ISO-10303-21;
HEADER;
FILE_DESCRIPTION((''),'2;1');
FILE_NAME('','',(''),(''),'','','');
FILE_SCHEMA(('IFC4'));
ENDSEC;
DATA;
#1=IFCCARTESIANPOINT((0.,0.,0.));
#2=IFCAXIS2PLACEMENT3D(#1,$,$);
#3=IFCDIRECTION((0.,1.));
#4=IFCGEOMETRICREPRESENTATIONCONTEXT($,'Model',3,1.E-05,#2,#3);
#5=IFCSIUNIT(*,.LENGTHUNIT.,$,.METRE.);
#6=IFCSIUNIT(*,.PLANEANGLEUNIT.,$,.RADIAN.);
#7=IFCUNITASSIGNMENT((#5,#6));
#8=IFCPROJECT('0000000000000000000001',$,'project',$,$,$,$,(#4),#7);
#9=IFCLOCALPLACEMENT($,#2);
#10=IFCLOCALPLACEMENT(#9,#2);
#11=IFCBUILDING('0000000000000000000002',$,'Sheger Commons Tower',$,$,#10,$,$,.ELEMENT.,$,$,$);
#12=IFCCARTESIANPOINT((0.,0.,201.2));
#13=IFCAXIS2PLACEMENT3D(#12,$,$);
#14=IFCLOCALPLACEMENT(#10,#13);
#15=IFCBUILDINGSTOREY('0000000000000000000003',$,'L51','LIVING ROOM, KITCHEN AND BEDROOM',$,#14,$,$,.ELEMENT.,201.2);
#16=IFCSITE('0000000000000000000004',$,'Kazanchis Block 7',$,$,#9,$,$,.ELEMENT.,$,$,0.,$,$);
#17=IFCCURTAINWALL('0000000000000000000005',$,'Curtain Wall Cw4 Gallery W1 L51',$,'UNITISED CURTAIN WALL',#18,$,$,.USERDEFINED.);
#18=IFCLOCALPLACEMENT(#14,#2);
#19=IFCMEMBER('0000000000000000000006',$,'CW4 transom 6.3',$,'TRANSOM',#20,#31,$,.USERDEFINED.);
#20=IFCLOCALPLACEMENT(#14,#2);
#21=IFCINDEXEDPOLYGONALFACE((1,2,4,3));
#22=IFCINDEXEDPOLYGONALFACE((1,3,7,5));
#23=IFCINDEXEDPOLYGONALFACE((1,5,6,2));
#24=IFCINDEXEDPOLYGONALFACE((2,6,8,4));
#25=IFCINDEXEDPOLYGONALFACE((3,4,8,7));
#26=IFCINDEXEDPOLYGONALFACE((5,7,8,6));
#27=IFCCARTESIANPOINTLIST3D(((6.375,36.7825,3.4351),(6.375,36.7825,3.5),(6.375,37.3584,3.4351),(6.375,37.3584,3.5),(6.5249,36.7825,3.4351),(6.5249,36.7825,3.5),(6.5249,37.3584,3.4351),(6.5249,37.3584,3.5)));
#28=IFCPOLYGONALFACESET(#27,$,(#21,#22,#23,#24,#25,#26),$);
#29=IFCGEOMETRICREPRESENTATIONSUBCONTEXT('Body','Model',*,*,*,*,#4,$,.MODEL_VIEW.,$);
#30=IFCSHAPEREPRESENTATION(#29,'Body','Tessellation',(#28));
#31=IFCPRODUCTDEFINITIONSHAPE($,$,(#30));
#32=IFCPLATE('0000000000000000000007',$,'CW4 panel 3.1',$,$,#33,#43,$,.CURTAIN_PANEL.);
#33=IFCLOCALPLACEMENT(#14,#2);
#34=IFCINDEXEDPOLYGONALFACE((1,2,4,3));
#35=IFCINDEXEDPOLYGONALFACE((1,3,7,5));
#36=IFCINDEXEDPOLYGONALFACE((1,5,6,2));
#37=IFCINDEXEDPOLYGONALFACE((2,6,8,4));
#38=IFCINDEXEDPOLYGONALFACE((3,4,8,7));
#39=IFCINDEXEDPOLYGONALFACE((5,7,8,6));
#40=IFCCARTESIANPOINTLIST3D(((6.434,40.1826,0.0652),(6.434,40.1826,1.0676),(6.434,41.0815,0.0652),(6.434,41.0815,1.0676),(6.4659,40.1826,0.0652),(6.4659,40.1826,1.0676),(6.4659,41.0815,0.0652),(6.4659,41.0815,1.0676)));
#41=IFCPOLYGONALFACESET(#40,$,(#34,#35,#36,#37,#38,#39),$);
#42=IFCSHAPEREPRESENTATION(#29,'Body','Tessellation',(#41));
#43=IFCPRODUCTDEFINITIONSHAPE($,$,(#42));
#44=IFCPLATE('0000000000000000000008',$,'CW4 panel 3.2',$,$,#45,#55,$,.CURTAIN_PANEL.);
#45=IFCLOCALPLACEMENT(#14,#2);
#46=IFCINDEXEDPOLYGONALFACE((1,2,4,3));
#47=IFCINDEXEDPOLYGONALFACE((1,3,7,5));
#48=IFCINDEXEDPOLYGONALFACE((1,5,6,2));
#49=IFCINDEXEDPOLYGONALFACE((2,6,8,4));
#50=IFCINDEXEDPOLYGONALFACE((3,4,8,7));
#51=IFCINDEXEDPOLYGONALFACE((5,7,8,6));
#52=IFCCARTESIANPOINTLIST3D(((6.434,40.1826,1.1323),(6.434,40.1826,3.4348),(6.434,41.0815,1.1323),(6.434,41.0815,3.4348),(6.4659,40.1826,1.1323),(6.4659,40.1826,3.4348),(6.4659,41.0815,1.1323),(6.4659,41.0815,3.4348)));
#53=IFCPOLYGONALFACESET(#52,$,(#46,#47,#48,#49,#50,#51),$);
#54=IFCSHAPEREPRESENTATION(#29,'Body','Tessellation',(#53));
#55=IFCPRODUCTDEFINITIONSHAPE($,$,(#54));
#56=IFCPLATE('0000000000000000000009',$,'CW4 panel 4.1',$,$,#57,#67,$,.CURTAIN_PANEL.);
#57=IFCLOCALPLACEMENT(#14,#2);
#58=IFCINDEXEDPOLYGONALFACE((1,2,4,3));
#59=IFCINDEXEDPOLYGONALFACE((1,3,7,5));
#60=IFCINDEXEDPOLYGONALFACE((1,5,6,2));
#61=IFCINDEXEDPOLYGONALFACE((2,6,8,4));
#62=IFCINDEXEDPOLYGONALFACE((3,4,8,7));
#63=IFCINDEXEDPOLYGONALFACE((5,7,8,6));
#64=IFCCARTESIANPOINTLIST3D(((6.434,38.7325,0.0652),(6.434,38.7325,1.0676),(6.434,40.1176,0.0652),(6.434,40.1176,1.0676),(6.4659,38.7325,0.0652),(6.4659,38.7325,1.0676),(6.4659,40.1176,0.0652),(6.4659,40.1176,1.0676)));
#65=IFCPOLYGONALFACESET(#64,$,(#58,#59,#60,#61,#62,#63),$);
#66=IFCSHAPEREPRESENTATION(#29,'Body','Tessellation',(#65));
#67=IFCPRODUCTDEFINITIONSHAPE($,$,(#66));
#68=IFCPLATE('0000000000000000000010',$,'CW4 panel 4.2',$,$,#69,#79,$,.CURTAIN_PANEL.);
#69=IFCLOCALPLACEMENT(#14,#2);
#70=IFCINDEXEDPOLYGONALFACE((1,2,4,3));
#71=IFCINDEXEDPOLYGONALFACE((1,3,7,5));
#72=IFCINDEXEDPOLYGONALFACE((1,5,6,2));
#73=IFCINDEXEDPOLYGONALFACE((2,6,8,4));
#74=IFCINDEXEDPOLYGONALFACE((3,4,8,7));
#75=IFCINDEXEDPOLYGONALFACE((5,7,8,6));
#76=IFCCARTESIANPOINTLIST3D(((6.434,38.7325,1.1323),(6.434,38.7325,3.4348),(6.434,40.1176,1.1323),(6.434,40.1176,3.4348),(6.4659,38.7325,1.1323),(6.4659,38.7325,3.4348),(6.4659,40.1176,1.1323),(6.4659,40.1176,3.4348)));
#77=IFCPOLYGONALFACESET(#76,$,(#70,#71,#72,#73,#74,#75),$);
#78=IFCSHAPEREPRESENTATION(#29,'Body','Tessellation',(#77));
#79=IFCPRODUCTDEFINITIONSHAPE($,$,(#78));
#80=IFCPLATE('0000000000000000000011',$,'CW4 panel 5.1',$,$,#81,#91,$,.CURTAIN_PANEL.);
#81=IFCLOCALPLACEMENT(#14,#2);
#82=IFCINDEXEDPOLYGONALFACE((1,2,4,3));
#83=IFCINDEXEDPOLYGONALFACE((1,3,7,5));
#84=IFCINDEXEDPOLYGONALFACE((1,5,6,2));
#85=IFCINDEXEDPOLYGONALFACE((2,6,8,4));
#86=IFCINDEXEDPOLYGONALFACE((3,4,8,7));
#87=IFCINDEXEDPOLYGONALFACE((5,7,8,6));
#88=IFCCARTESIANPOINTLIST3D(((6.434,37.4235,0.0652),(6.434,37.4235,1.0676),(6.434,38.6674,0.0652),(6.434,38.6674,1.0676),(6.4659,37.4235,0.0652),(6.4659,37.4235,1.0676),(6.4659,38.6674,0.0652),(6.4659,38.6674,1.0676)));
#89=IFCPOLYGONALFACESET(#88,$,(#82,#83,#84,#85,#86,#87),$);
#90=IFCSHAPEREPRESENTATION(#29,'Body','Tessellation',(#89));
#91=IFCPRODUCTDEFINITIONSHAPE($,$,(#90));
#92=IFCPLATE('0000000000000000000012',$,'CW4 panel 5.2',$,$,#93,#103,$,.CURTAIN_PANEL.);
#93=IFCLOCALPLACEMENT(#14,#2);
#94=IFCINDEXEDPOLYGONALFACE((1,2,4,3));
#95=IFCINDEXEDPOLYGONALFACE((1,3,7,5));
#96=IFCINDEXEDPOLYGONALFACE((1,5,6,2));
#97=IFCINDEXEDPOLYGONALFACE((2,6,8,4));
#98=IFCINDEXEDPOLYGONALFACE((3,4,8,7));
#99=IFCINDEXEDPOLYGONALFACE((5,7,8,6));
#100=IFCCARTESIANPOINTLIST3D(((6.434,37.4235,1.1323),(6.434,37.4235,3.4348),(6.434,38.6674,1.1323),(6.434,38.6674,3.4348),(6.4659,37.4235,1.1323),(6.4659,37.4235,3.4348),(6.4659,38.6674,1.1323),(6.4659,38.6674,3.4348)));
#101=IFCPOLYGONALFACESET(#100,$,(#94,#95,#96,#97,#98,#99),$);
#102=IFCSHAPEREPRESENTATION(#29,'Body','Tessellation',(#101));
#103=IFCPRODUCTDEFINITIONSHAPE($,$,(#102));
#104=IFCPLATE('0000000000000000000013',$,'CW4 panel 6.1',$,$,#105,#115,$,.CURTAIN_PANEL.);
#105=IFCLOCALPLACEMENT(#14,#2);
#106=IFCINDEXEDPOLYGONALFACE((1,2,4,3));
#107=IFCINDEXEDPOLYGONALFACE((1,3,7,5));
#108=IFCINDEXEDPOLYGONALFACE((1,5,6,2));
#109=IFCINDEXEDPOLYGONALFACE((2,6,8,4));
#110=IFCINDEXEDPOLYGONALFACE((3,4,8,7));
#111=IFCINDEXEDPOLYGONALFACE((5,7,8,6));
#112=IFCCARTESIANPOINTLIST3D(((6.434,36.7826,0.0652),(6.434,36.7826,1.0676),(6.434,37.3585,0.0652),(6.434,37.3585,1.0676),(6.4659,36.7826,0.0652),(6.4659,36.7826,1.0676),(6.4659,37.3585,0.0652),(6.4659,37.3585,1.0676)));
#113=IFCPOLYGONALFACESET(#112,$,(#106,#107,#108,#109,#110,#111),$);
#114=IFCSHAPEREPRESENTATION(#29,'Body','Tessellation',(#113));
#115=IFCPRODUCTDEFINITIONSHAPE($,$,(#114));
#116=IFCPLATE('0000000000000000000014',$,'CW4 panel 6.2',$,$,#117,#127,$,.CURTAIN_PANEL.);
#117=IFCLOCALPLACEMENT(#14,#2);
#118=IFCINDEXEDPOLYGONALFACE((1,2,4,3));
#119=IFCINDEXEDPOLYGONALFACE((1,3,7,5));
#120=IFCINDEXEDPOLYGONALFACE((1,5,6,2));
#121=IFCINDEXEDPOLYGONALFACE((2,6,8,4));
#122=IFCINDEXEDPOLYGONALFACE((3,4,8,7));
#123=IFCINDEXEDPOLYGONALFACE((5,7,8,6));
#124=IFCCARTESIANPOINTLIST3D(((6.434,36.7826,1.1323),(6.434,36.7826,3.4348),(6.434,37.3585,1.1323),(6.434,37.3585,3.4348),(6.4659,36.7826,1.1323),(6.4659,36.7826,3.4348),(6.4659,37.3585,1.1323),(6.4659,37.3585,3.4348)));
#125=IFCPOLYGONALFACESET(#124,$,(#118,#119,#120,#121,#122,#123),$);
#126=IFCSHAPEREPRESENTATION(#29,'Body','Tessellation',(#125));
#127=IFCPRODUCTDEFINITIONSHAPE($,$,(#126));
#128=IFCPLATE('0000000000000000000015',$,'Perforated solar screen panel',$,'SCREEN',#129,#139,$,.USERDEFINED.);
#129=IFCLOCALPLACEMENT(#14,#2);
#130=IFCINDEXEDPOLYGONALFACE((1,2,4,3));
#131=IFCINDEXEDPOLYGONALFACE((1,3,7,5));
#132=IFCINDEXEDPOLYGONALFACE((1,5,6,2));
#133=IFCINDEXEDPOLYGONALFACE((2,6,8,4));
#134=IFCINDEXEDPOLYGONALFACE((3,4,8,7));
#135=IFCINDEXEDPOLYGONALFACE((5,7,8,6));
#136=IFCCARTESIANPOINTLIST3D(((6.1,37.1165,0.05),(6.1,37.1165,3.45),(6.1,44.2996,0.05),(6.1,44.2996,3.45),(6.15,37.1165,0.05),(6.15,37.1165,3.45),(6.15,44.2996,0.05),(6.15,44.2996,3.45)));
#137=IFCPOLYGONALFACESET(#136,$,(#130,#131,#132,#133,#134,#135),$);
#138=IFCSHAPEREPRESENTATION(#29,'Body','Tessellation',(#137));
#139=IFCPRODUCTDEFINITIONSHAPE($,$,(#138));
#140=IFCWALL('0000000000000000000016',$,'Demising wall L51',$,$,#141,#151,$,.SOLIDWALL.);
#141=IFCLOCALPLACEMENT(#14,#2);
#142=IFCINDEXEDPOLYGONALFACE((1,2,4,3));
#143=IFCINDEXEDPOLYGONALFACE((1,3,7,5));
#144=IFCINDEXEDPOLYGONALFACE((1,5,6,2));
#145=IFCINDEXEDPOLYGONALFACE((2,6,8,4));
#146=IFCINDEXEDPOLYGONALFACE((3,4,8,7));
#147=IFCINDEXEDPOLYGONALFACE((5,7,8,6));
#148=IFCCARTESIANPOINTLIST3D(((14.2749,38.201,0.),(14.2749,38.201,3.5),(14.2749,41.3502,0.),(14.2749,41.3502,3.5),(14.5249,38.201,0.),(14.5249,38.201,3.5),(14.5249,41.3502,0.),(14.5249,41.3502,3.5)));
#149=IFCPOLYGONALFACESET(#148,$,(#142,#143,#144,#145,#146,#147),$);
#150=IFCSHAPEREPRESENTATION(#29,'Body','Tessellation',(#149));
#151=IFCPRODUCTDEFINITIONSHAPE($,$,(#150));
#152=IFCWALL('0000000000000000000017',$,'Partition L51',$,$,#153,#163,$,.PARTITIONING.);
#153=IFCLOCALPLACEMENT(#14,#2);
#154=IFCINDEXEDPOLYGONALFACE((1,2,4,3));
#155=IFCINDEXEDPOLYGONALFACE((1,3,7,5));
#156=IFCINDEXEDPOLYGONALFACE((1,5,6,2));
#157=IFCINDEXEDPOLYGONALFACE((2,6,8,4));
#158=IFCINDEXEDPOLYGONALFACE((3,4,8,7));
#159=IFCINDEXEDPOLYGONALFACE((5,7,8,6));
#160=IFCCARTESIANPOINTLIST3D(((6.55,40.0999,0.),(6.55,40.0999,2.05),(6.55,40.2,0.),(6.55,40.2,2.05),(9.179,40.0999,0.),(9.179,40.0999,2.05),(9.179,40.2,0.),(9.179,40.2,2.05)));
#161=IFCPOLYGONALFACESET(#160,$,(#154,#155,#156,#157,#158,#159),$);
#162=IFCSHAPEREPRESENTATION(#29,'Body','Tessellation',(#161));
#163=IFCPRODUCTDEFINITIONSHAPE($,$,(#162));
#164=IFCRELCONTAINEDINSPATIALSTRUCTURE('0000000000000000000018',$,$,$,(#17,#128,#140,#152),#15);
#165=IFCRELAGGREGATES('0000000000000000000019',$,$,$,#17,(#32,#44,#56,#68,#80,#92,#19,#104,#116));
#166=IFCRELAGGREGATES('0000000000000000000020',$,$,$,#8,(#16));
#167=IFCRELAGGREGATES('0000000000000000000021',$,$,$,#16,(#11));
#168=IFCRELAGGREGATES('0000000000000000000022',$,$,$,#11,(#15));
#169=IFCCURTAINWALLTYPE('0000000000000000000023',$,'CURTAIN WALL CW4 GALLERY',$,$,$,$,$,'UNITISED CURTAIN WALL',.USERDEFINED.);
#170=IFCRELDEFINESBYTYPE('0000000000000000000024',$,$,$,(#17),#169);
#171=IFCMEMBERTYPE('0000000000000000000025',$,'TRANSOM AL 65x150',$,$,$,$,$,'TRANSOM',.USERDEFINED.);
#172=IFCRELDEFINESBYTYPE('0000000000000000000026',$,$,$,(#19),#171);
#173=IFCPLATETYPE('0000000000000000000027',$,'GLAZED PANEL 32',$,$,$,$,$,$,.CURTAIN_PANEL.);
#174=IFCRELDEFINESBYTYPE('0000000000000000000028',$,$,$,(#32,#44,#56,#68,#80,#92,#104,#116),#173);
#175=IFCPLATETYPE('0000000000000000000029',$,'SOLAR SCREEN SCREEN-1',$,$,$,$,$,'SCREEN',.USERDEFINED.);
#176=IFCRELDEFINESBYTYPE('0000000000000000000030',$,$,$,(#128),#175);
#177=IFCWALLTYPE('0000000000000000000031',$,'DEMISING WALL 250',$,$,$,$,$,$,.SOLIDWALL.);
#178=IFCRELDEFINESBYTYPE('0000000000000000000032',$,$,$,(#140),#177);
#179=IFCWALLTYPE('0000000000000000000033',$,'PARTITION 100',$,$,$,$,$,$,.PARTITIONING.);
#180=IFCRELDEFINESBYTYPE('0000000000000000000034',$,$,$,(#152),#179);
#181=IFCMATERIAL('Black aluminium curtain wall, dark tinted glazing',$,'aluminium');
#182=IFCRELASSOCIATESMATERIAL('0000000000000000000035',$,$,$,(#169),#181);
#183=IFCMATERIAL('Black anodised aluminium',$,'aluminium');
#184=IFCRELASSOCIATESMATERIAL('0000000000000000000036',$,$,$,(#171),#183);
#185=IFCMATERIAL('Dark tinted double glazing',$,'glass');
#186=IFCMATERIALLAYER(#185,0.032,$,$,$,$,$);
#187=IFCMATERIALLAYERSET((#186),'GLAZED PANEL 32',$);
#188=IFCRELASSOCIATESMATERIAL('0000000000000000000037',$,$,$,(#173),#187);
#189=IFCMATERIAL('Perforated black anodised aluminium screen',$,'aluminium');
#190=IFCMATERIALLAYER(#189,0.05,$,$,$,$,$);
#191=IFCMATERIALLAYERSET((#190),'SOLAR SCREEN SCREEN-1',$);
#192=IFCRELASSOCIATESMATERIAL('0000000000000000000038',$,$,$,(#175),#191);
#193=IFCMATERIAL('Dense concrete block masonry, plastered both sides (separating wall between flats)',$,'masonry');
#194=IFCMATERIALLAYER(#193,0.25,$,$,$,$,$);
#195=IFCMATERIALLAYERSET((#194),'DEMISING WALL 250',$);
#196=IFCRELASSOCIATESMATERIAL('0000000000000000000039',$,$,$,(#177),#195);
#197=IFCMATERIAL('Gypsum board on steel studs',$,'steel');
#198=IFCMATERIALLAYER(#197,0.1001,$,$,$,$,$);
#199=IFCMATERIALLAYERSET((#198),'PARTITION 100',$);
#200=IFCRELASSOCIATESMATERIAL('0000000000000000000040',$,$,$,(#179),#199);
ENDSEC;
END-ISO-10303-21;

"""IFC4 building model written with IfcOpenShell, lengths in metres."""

from ifc_helpers import new_model, si_unit, direction, frame, frame_2d, origin, origin_2d, place, context, subcontext, project, spatial, rectangle, extrude, material, layer, layer_set, material_profile, profile_set, type_object, element, aggregate, save


model = new_model("IFC4")

# Units and contexts
model_context = context("Model", 3, precision=1e-05, world=origin(), true_north=direction((0.0, 1.0)))
body_context = subcontext(model_context, "Body", "Model", "MODEL_VIEW")
ifc_project = project(units=[si_unit("LENGTHUNIT", "METRE"), si_unit("PLANEANGLEUNIT", "RADIAN")], contexts=[model_context])

# Site, building, storey
site_placement = place(None, origin())
site = spatial("IfcSite", under=ifc_project, at=site_placement, Name="Kazanchis Block 7", CompositionType="ELEMENT", RefElevation=0.0)
building_placement = place(site_placement, origin())
building = spatial("IfcBuilding", under=site, at=building_placement, Name="Sheger Commons Tower", CompositionType="ELEMENT")
storey_placement = place(building_placement, frame((0.0, 0.0, 201.2)))
storey = spatial("IfcBuildingStorey", under=building, at=storey_placement, Name="L51", Description="LIVING ROOM, KITCHEN AND BEDROOM", CompositionType="ELEMENT", Elevation=201.2)

# Curtain wall
ifc_material_1 = material(Name="Black aluminium curtain wall, dark tinted glazing", Category="aluminium")
curtain_wall_type = type_object("IfcCurtainWallType", Name="CURTAIN WALL CW4 GALLERY", ElementType="UNITISED CURTAIN WALL", PredefinedType="USERDEFINED", material=ifc_material_1)
curtain_wall_placement = place(storey_placement, origin())
curtain_wall = element("IfcCurtainWall", 1, at=curtain_wall_placement, inside=storey, type_object=curtain_wall_type, Name="Curtain Wall Cw4 Gallery W1 L51", ObjectType="UNITISED CURTAIN WALL", PredefinedType="USERDEFINED")

# Member
ifc_material_2 = material(Name="Black anodised aluminium", Category="aluminium")
ifc_material_profile_1 = material_profile(ifc_material_2, rectangle(XDim=0.1499, YDim=0.0649, at=origin_2d()), Name="AL 65x150")
ifc_profile_set_1 = profile_set([ifc_material_profile_1], Name="Black anodised aluminium")
member_type_1 = type_object("IfcMemberType", Name="TRANSOM AL 65x150", ElementType="TRANSOM", PredefinedType="USERDEFINED", material=ifc_profile_set_1)
member_1_placement = place(storey_placement, frame((6.45, 37.3584, 3.4675), z_axis=(0.0, -1.0, 0.0), x_axis=(1.0, 0.0, 0.0)))
member_1 = element("IfcMember", 2, at=member_1_placement, type_object=member_type_1, Name="CW4 transom 6.3", ObjectType="TRANSOM", PredefinedType="USERDEFINED", context=body_context, shape_type="SweptSolid", body=[
    extrude(rectangle(XDim=0.1499, YDim=0.0649, at=origin_2d()), origin(), (0.0, 0.0, 1.0), 0.5759),
])

# Plates
ifc_material_3 = material(Name="Dark tinted double glazing", Category="glass")
ifc_layer_1 = layer(ifc_material_3, 0.032)
ifc_layer_set_1 = layer_set([ifc_layer_1], Name="GLAZED PANEL 32")
plate_type_1 = type_object("IfcPlateType", Name="GLAZED PANEL 32", PredefinedType="CURTAIN_PANEL", material=ifc_layer_set_1)
plate_1_placement = place(storey_placement, frame((6.45, 40.6321, 0.0652), z_axis=(0.0, 0.0, 1.0), x_axis=(0.0, -1.0, 0.0)))
plate_1 = element("IfcPlate", 3, at=plate_1_placement, type_object=plate_type_1, Name="CW4 panel 3.1", PredefinedType="CURTAIN_PANEL", context=body_context, shape_type="SweptSolid", body=[
    extrude(rectangle(XDim=0.8989, YDim=0.032, at=origin_2d()), origin(), (0.0, 0.0, 1.0), 1.0024),
])
plate_2_placement = place(storey_placement, frame((6.45, 40.6321, 1.1323), z_axis=(0.0, 0.0, 1.0), x_axis=(0.0, -1.0, 0.0)))
plate_2 = element("IfcPlate", 4, at=plate_2_placement, type_object=plate_type_1, Name="CW4 panel 3.2", PredefinedType="CURTAIN_PANEL", context=body_context, shape_type="SweptSolid", body=[
    extrude(rectangle(XDim=0.8989, YDim=0.032, at=origin_2d()), origin(), (0.0, 0.0, 1.0), 2.3025),
])
plate_3_placement = place(storey_placement, frame((6.45, 39.425, 0.0652), z_axis=(0.0, 0.0, 1.0), x_axis=(0.0, -1.0, 0.0)))
plate_3 = element("IfcPlate", 5, at=plate_3_placement, type_object=plate_type_1, Name="CW4 panel 4.1", PredefinedType="CURTAIN_PANEL", context=body_context, shape_type="SweptSolid", body=[
    extrude(rectangle(XDim=1.385, YDim=0.032, at=origin_2d()), origin(), (0.0, 0.0, 1.0), 1.0024),
])
plate_4_placement = place(storey_placement, frame((6.45, 39.425, 1.1323), z_axis=(0.0, 0.0, 1.0), x_axis=(0.0, -1.0, 0.0)))
plate_4 = element("IfcPlate", 6, at=plate_4_placement, type_object=plate_type_1, Name="CW4 panel 4.2", PredefinedType="CURTAIN_PANEL", context=body_context, shape_type="SweptSolid", body=[
    extrude(rectangle(XDim=1.385, YDim=0.032, at=origin_2d()), origin(), (0.0, 0.0, 1.0), 2.3025),
])
plate_5_placement = place(storey_placement, frame((6.45, 38.0454, 0.0652), z_axis=(0.0, 0.0, 1.0), x_axis=(0.0, -1.0, 0.0)))
plate_5 = element("IfcPlate", 7, at=plate_5_placement, type_object=plate_type_1, Name="CW4 panel 5.1", PredefinedType="CURTAIN_PANEL", context=body_context, shape_type="SweptSolid", body=[
    extrude(rectangle(XDim=1.2439, YDim=0.032, at=origin_2d()), origin(), (0.0, 0.0, 1.0), 1.0024),
])
plate_6_placement = place(storey_placement, frame((6.45, 38.0454, 1.1323), z_axis=(0.0, 0.0, 1.0), x_axis=(0.0, -1.0, 0.0)))
plate_6 = element("IfcPlate", 8, at=plate_6_placement, type_object=plate_type_1, Name="CW4 panel 5.2", PredefinedType="CURTAIN_PANEL", context=body_context, shape_type="SweptSolid", body=[
    extrude(rectangle(XDim=1.2439, YDim=0.032, at=origin_2d()), origin(), (0.0, 0.0, 1.0), 2.3025),
])
plate_7_placement = place(storey_placement, frame((6.45, 37.0706, 0.0652), z_axis=(0.0, 0.0, 1.0), x_axis=(0.0, -1.0, 0.0)))
plate_7 = element("IfcPlate", 9, at=plate_7_placement, type_object=plate_type_1, Name="CW4 panel 6.1", PredefinedType="CURTAIN_PANEL", context=body_context, shape_type="SweptSolid", body=[
    extrude(rectangle(XDim=0.5759, YDim=0.032, at=origin_2d()), origin(), (0.0, 0.0, 1.0), 1.0024),
])
plate_8_placement = place(storey_placement, frame((6.45, 37.0706, 1.1323), z_axis=(0.0, 0.0, 1.0), x_axis=(0.0, -1.0, 0.0)))
plate_8 = element("IfcPlate", 10, at=plate_8_placement, type_object=plate_type_1, Name="CW4 panel 6.2", PredefinedType="CURTAIN_PANEL", context=body_context, shape_type="SweptSolid", body=[
    extrude(rectangle(XDim=0.5759, YDim=0.032, at=origin_2d()), origin(), (0.0, 0.0, 1.0), 2.3025),
])
aggregate(curtain_wall, [plate_1, plate_2, plate_3, plate_4, plate_5, plate_6, member_1, plate_7, plate_8])
ifc_material_4 = material(Name="Perforated black anodised aluminium screen", Category="aluminium")
ifc_layer_2 = layer(ifc_material_4, 0.05)
ifc_layer_set_2 = layer_set([ifc_layer_2], Name="SOLAR SCREEN SCREEN-1")
plate_type_2 = type_object("IfcPlateType", Name="SOLAR SCREEN SCREEN-1", ElementType="SCREEN", PredefinedType="USERDEFINED", material=ifc_layer_set_2)
plate_9_placement = place(storey_placement, frame((6.125, 40.708, 0.05), z_axis=(0.0, 0.0, 1.0), x_axis=(0.0, -1.0, 0.0)))
element("IfcPlate", 11, at=plate_9_placement, inside=storey, type_object=plate_type_2, Name="Perforated solar screen panel", ObjectType="SCREEN", PredefinedType="USERDEFINED", context=body_context, shape_type="SweptSolid", body=[
    extrude(rectangle(XDim=7.1831, YDim=0.05, at=origin_2d()), origin(), (0.0, 0.0, 1.0), 3.3999),
])

# Walls
ifc_material_5 = material(Name="Dense concrete block masonry, plastered both sides (separating wall between flats)", Category="masonry")
ifc_layer_3 = layer(ifc_material_5, 0.25)
ifc_layer_set_3 = layer_set([ifc_layer_3], Name="DEMISING WALL 250")
wall_type_1 = type_object("IfcWallType", Name="DEMISING WALL 250", PredefinedType="SOLIDWALL", material=ifc_layer_set_3)
wall_1_placement = place(storey_placement, frame((14.3999, 38.2009, 0.0), z_axis=(0.0, 0.0, 1.0), x_axis=(0.0, 1.0, 0.0)))
element("IfcWall", 12, at=wall_1_placement, inside=storey, type_object=wall_type_1, Name="Demising wall L51", PredefinedType="SOLIDWALL", context=body_context, shape_type="SweptSolid", body=[
    extrude(rectangle(XDim=3.1492, YDim=0.25, at=frame_2d((1.5747, 0.0))), origin(), (0.0, 0.0, 1.0), 3.5),
])
ifc_material_6 = material(Name="Gypsum board on steel studs", Category="steel")
ifc_layer_4 = layer(ifc_material_6, 0.1001)
ifc_layer_set_4 = layer_set([ifc_layer_4], Name="PARTITION 100")
wall_type_2 = type_object("IfcWallType", Name="PARTITION 100", PredefinedType="PARTITIONING", material=ifc_layer_set_4)
wall_2_placement = place(storey_placement, frame((6.55, 40.1499, 0.0), z_axis=(0.0, 0.0, 1.0), x_axis=(1.0, 0.0, 0.0)))
element("IfcWall", 13, at=wall_2_placement, inside=storey, type_object=wall_type_2, Name="Partition L51", PredefinedType="PARTITIONING", context=body_context, shape_type="SweptSolid", body=[
    extrude(rectangle(XDim=2.6289, YDim=0.1001, at=frame_2d((1.3145, 0.0))), origin(), (0.0, 0.0, 1.0), 2.05),
])

save(model, "model.ifc")
